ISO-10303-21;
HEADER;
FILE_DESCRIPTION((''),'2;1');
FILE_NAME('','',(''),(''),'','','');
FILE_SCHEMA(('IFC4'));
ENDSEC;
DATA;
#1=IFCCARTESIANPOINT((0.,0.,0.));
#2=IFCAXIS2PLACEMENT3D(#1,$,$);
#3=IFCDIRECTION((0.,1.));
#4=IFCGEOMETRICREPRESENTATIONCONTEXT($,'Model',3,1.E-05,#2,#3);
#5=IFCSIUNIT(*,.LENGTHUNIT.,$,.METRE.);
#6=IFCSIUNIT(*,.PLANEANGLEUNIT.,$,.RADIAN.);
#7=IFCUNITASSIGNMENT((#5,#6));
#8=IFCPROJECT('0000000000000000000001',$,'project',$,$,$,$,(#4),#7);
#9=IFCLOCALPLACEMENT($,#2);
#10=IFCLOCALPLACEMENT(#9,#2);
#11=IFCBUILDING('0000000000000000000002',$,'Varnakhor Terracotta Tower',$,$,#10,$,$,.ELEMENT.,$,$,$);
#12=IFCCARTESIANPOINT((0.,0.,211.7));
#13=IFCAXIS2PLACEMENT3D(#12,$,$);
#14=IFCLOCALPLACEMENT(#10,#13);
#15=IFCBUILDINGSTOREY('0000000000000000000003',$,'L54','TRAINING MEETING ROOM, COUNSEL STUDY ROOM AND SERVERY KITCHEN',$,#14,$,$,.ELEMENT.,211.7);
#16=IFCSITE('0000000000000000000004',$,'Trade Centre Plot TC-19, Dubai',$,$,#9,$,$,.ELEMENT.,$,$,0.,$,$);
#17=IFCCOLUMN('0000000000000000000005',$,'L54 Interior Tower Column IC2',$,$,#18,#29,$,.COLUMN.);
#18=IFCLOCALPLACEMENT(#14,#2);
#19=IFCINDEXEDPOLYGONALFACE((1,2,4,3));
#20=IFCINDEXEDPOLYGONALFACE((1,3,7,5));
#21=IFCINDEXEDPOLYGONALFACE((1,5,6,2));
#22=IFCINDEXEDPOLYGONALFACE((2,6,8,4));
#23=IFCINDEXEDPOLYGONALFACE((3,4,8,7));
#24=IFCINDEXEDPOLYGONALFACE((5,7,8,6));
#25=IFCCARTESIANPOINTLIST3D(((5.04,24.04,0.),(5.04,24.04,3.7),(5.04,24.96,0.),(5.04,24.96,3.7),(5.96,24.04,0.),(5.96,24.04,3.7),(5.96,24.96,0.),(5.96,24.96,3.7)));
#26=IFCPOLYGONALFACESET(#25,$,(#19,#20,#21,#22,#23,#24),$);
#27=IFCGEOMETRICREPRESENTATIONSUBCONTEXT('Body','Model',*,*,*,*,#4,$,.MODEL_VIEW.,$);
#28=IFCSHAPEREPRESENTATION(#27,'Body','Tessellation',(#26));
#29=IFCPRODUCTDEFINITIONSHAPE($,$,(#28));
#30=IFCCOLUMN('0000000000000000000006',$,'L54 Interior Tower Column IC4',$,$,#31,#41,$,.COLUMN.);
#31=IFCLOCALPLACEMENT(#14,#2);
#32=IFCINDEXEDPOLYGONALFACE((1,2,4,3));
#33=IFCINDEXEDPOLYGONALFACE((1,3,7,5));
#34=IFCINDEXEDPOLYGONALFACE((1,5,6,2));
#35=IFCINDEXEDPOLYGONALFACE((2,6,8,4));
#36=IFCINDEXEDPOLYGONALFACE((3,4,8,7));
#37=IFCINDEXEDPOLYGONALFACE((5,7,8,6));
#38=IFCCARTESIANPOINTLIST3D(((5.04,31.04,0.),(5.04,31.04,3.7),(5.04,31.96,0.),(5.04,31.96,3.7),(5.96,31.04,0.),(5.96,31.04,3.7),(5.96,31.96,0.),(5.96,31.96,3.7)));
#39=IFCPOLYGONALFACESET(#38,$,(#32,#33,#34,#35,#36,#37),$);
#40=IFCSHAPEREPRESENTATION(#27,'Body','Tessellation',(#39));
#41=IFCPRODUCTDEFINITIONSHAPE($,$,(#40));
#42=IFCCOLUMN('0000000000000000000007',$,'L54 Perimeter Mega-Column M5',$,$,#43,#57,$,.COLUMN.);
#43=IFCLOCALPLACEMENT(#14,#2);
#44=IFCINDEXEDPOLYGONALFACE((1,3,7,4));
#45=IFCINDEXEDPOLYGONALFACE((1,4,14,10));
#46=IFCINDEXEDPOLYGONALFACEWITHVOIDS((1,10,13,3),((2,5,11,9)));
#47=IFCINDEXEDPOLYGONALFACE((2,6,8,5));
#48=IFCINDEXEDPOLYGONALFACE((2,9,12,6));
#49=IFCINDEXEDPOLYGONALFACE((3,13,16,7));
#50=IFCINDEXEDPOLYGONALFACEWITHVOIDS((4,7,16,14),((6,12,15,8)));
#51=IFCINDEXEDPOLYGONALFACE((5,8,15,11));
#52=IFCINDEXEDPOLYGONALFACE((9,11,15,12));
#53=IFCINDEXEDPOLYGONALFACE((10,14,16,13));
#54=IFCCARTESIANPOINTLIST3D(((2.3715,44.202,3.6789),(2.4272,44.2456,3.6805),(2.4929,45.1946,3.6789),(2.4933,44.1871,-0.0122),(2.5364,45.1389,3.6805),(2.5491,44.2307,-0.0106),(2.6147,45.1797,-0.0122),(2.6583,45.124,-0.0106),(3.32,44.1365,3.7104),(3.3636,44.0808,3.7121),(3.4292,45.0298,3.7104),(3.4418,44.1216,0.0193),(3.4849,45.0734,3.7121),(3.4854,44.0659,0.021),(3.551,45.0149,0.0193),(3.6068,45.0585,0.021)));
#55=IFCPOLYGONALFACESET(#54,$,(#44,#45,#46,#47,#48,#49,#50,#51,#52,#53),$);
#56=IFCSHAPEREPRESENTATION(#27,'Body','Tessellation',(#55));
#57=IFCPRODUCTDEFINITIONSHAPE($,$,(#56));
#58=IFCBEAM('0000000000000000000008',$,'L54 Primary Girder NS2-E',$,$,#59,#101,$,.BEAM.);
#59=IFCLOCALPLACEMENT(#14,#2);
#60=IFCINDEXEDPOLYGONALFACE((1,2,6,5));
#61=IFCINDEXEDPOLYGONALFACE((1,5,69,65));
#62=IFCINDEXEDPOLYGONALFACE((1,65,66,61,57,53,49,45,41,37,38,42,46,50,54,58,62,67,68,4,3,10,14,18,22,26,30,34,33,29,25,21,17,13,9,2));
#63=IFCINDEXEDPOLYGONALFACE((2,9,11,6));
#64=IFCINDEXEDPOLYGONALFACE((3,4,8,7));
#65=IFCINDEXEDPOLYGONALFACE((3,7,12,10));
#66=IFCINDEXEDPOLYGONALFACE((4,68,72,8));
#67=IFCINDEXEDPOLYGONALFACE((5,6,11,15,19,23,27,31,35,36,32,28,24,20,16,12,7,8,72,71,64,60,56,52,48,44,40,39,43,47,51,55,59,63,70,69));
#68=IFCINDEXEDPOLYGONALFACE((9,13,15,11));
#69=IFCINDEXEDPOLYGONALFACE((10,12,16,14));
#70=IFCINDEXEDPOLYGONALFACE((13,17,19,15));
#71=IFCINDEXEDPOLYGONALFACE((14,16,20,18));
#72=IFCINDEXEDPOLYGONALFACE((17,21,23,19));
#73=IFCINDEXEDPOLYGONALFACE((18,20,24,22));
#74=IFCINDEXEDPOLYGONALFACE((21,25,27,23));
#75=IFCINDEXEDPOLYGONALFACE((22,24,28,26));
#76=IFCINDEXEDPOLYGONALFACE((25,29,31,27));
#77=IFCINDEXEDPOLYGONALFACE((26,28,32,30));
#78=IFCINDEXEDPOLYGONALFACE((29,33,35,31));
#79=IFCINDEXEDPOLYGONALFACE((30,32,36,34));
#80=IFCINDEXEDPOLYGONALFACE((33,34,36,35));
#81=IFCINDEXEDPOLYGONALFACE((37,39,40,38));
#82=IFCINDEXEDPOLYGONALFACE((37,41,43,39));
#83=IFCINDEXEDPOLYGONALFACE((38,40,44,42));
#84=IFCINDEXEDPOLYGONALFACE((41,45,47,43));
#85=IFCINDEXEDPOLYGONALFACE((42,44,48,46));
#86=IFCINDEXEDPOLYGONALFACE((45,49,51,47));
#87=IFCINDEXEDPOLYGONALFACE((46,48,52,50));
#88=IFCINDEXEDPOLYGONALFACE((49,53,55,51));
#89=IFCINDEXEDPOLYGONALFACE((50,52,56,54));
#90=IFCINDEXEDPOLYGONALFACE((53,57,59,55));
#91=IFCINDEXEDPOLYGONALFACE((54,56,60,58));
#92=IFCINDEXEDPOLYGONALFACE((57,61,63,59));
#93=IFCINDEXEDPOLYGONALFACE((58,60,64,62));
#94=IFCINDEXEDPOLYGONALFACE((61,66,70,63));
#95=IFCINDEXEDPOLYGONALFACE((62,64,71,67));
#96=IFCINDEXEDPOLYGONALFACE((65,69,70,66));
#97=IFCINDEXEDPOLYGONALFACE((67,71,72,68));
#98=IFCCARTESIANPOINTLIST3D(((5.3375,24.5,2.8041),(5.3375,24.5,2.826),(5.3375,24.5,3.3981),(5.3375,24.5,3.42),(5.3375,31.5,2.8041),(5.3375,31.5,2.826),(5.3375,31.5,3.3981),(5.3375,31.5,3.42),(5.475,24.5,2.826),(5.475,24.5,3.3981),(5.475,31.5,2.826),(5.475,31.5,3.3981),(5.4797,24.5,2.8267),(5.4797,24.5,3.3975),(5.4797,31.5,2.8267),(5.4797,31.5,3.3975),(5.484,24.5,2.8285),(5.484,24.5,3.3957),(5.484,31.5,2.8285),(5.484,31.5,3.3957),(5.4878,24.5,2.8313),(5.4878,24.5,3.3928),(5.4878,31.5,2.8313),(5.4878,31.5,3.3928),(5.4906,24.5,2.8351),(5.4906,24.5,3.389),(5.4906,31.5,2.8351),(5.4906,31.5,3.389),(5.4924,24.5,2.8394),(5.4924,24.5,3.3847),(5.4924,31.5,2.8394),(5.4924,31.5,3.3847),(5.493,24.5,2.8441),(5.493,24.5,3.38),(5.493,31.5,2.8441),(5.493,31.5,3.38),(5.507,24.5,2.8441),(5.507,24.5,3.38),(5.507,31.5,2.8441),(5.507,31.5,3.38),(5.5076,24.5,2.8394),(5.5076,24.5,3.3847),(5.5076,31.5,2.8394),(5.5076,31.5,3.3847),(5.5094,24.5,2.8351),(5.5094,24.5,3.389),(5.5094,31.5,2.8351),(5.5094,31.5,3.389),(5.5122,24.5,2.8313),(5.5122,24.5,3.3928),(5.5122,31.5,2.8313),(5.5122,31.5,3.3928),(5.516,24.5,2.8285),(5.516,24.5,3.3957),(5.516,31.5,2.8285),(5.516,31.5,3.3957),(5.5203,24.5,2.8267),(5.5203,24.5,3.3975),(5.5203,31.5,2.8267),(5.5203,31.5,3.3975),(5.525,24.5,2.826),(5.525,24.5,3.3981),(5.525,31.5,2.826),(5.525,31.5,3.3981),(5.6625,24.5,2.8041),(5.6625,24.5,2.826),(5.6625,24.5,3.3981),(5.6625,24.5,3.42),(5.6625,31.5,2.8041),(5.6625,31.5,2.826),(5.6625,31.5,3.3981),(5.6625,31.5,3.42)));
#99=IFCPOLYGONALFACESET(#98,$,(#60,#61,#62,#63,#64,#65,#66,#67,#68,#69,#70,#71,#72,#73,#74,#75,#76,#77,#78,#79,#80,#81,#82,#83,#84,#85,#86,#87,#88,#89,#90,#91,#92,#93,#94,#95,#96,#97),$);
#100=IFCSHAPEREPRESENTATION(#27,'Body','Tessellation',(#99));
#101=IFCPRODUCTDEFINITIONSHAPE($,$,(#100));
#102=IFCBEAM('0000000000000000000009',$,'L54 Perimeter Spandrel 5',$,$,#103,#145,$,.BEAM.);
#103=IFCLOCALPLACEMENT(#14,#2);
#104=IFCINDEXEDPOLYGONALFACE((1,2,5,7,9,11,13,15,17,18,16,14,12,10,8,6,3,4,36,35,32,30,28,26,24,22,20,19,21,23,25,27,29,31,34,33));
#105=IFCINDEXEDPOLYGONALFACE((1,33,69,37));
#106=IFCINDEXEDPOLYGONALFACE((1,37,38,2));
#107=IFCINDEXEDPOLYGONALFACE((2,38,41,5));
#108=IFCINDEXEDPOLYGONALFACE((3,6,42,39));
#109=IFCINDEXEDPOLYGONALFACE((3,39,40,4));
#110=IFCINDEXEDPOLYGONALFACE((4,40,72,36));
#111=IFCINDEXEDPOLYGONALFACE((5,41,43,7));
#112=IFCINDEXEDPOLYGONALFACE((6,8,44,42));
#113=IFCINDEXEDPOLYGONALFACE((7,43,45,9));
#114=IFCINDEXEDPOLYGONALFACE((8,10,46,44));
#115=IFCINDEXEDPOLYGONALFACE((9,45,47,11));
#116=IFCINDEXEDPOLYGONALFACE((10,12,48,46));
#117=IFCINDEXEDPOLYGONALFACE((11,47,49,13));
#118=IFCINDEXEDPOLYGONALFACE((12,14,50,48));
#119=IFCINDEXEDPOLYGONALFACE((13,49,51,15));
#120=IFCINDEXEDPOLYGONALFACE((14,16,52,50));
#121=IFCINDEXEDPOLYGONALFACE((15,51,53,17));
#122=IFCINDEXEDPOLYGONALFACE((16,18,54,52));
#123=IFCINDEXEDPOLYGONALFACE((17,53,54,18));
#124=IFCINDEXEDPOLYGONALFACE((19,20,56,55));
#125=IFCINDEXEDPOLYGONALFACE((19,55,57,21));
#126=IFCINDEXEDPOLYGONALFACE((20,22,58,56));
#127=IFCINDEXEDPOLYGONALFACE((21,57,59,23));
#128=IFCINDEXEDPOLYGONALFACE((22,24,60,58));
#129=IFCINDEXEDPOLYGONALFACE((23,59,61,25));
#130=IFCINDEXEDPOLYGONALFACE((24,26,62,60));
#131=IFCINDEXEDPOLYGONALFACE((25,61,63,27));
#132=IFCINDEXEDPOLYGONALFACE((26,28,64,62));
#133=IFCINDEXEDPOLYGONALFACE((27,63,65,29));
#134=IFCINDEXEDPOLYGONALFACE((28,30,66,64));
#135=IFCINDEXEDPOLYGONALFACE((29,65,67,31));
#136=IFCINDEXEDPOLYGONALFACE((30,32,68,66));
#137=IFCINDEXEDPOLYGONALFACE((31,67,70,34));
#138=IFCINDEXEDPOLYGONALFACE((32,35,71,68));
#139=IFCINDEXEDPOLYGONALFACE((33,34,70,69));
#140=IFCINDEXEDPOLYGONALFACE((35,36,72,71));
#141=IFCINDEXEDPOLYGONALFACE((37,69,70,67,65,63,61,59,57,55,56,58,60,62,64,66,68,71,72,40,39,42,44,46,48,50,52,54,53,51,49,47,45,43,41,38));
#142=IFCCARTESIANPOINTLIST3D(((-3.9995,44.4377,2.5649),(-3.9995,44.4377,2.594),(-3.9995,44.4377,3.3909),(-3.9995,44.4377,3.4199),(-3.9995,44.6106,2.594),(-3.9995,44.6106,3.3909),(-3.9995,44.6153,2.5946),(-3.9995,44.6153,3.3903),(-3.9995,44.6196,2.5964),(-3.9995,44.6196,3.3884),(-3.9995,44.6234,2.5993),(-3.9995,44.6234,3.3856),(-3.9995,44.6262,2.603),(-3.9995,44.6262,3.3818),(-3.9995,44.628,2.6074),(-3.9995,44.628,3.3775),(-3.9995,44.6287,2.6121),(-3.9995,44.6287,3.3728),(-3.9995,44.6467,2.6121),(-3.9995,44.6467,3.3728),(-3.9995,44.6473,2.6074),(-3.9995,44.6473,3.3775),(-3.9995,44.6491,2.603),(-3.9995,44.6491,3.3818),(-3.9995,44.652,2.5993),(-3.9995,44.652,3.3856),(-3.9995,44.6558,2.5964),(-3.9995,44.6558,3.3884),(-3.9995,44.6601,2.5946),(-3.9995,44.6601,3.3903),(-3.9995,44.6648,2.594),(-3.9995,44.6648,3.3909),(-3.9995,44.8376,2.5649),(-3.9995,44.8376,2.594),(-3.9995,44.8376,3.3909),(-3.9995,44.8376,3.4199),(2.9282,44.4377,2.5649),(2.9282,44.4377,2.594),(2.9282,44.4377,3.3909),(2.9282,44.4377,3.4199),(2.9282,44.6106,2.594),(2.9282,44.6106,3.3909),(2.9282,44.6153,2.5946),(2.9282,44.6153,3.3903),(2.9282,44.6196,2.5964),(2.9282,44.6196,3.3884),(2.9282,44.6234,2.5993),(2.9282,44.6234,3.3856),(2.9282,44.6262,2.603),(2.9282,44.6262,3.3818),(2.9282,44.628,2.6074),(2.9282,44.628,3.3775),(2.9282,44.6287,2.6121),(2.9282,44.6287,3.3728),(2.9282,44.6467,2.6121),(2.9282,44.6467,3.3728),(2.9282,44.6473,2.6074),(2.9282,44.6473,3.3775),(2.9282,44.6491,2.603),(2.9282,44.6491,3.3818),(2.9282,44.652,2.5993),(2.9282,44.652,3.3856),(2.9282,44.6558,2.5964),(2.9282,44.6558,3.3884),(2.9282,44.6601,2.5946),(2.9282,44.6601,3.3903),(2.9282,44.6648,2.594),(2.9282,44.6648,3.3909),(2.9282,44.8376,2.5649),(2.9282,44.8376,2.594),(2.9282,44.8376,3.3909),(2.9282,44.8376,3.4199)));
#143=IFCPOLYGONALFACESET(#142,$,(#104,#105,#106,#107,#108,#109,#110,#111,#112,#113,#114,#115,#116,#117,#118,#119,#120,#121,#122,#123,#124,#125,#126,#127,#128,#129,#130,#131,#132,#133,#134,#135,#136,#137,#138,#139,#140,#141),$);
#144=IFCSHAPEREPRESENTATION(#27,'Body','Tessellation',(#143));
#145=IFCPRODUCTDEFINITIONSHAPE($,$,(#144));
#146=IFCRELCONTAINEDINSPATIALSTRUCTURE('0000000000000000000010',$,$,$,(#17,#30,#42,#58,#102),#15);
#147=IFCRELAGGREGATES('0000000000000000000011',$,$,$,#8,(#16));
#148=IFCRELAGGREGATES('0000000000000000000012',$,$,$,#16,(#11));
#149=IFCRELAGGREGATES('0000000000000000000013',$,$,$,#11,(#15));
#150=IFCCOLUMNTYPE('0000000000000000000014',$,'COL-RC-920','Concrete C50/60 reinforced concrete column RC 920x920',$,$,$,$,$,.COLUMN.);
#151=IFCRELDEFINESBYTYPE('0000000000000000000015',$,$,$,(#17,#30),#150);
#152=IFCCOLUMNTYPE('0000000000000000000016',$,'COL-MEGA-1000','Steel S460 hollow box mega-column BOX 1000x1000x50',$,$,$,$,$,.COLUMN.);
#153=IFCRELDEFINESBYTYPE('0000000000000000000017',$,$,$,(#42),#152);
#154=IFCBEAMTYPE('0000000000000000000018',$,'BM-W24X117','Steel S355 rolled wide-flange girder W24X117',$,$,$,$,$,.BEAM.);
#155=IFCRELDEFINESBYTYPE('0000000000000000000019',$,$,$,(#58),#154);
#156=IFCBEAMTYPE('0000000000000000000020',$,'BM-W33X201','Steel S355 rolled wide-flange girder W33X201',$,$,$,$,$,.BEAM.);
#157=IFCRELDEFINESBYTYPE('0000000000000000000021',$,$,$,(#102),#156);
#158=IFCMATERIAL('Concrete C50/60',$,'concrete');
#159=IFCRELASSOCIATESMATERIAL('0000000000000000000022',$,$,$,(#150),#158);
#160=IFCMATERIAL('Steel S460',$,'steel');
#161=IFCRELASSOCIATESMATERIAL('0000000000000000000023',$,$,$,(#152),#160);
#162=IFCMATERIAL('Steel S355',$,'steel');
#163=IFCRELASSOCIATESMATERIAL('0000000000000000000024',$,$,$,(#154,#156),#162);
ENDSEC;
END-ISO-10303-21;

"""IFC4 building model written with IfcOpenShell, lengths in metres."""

from ifc_helpers import new_model, si_unit, direction, frame, origin, origin_2d, place, context, subcontext, project, spatial, rectangle, hollow_rectangle, i_section, extrude, source, transform, mapped, material, material_profile, profile_set, type_object, element, save


model = new_model("IFC4")

# Units and contexts
model_context = context("Model", 3, precision=1e-05, world=origin(), true_north=direction((0.0, 1.0)))
body_context = subcontext(model_context, "Body", "Model", "MODEL_VIEW")
ifc_project = project(units=[si_unit("LENGTHUNIT", "METRE"), si_unit("PLANEANGLEUNIT", "RADIAN")], contexts=[model_context])

# Site, building, storey
site_placement = place(None, origin())
site = spatial("IfcSite", under=ifc_project, at=site_placement, Name="Trade Centre Plot TC-19, Dubai", CompositionType="ELEMENT", RefElevation=0.0)
building_placement = place(site_placement, origin())
building = spatial("IfcBuilding", under=site, at=building_placement, Name="Varnakhor Terracotta Tower", CompositionType="ELEMENT")
storey_placement = place(building_placement, frame((0.0, 0.0, 211.7)))
storey = spatial("IfcBuildingStorey", under=building, at=storey_placement, Name="L54", Description="TRAINING MEETING ROOM, COUNSEL STUDY ROOM AND SERVERY KITCHEN", CompositionType="ELEMENT", Elevation=211.7)

# Columns
ifc_material_1 = material(Name="Concrete C50/60", Category="concrete")
ifc_material_profile_1 = material_profile(ifc_material_1, rectangle(XDim=0.9199, YDim=0.9199, at=origin_2d()), Name="RC 920x920")
ifc_profile_set_1 = profile_set([ifc_material_profile_1], Name="Concrete C50/60")
column_type_1 = type_object("IfcColumnType", Name="COL-RC-920", Description="Concrete C50/60 reinforced concrete column RC 920x920", PredefinedType="COLUMN", material=ifc_profile_set_1)
shared_shape_1 = source(origin(), body_context, "Body", "SweptSolid", [
    extrude(rectangle(XDim=0.9199, YDim=0.9199, at=origin_2d()), origin(), (0.0, 0.0, 1.0), 3.7),
])
for number, where, z_axis, x_axis, name in (
    (1, (5.5, 24.5, 0.0), (0.0, 0.0, 1.0), (1.0, 0.0, 0.0), "L54 Interior Tower Column IC2"),
    (2, (5.5, 31.5, 0.0), (0.0, 0.0, 1.0), (1.0, 0.0, 0.0), "L54 Interior Tower Column IC4"),
):
    element("IfcColumn", number, at=place(storey_placement, frame(where, z_axis=z_axis, x_axis=x_axis)), inside=storey, type_object=column_type_1, Name=name, PredefinedType="COLUMN", context=body_context, shape_type="MappedRepresentation", body=[
        mapped(shared_shape_1, transform((0.0, 0.0, 0.0), scale=1.0)),
    ])
ifc_material_2 = material(Name="Steel S460", Category="steel")
ifc_material_profile_2 = material_profile(ifc_material_2, hollow_rectangle(XDim=1.0, YDim=1.0, WallThickness=0.05, at=origin_2d()), Name="BOX 1000x1000x50")
ifc_profile_set_2 = profile_set([ifc_material_profile_2], Name="Steel S460")
column_type_2 = type_object("IfcColumnType", Name="COL-MEGA-1000", Description="Steel S460 hollow box mega-column BOX 1000x1000x50", PredefinedType="COLUMN", material=ifc_profile_set_2)
shared_shape_2 = source(origin(), body_context, "Body", "SweptSolid", [
    extrude(hollow_rectangle(XDim=1.0, YDim=1.0, WallThickness=0.05, at=origin_2d()), origin(), (0.0, 0.0, 1.0), 3.6931),
])
column_placement = place(storey_placement, frame((3.05, 44.6228, 0.0044), z_axis=(-0.032987, 0.004032, 0.999448), x_axis=(-0.121341, -0.992611, 0.0)))
element("IfcColumn", 3, at=column_placement, inside=storey, type_object=column_type_2, Name="L54 Perimeter Mega-Column M5", PredefinedType="COLUMN", context=body_context, shape_type="MappedRepresentation", body=[
    mapped(shared_shape_2, transform((0.0, 0.0, 0.0), scale=1.0)),
])

# Beams
ifc_material_3 = material(Name="Steel S355", Category="steel")
ifc_material_profile_3 = material_profile(ifc_material_3, i_section(OverallWidth=0.325, OverallDepth=0.616, WebThickness=0.0139, FlangeThickness=0.022, FilletRadius=0.0181, at=origin_2d()), Name="W24X117")
ifc_profile_set_3 = profile_set([ifc_material_profile_3], Name="Steel S355")
beam_type_1 = type_object("IfcBeamType", Name="BM-W24X117", Description="Steel S355 rolled wide-flange girder W24X117", PredefinedType="BEAM", material=ifc_profile_set_3)
shared_shape_3 = source(origin(), body_context, "Body", "SweptSolid", [
    extrude(i_section(OverallWidth=0.325, OverallDepth=0.616, WebThickness=0.0139, FlangeThickness=0.022, FilletRadius=0.0181, at=origin_2d()), origin(), (0.0, 0.0, 1.0), 7.0),
])
beam_1_placement = place(storey_placement, frame((5.5, 24.5, 3.1121), z_axis=(0.0, 1.0, 0.0), x_axis=(-1.0, 0.0, 0.0)))
element("IfcBeam", 4, at=beam_1_placement, inside=storey, type_object=beam_type_1, Name="L54 Primary Girder NS2-E", PredefinedType="BEAM", context=body_context, shape_type="MappedRepresentation", body=[
    mapped(shared_shape_3, transform((0.0, 0.0, 0.0), scale=1.0)),
])
ifc_material_profile_4 = material_profile(ifc_material_3, i_section(OverallWidth=0.3999, OverallDepth=0.855, WebThickness=0.0181, FlangeThickness=0.0291, FilletRadius=0.0181, at=origin_2d()), Name="W33X201")
ifc_profile_set_4 = profile_set([ifc_material_profile_4], Name="Steel S355")
beam_type_2 = type_object("IfcBeamType", Name="BM-W33X201", Description="Steel S355 rolled wide-flange girder W33X201", PredefinedType="BEAM", material=ifc_profile_set_4)
shared_shape_4 = source(origin(), body_context, "Body", "SweptSolid", [
    extrude(i_section(OverallWidth=0.3999, OverallDepth=0.855, WebThickness=0.0181, FlangeThickness=0.0291, FilletRadius=0.0181, at=origin_2d()), origin(), (0.0, 0.0, 1.0), 6.9277),
])
beam_2_placement = place(storey_placement, frame((2.9282, 44.6377, 2.9924), z_axis=(-1.0, 0.0, 0.0), x_axis=(0.0, -1.0, 0.0)))
element("IfcBeam", 5, at=beam_2_placement, inside=storey, type_object=beam_type_2, Name="L54 Perimeter Spandrel 5", PredefinedType="BEAM", context=body_context, shape_type="MappedRepresentation", body=[
    mapped(shared_shape_4, transform((0.0, 0.0, 0.0), scale=1.0)),
])

save(model, "model.ifc")
